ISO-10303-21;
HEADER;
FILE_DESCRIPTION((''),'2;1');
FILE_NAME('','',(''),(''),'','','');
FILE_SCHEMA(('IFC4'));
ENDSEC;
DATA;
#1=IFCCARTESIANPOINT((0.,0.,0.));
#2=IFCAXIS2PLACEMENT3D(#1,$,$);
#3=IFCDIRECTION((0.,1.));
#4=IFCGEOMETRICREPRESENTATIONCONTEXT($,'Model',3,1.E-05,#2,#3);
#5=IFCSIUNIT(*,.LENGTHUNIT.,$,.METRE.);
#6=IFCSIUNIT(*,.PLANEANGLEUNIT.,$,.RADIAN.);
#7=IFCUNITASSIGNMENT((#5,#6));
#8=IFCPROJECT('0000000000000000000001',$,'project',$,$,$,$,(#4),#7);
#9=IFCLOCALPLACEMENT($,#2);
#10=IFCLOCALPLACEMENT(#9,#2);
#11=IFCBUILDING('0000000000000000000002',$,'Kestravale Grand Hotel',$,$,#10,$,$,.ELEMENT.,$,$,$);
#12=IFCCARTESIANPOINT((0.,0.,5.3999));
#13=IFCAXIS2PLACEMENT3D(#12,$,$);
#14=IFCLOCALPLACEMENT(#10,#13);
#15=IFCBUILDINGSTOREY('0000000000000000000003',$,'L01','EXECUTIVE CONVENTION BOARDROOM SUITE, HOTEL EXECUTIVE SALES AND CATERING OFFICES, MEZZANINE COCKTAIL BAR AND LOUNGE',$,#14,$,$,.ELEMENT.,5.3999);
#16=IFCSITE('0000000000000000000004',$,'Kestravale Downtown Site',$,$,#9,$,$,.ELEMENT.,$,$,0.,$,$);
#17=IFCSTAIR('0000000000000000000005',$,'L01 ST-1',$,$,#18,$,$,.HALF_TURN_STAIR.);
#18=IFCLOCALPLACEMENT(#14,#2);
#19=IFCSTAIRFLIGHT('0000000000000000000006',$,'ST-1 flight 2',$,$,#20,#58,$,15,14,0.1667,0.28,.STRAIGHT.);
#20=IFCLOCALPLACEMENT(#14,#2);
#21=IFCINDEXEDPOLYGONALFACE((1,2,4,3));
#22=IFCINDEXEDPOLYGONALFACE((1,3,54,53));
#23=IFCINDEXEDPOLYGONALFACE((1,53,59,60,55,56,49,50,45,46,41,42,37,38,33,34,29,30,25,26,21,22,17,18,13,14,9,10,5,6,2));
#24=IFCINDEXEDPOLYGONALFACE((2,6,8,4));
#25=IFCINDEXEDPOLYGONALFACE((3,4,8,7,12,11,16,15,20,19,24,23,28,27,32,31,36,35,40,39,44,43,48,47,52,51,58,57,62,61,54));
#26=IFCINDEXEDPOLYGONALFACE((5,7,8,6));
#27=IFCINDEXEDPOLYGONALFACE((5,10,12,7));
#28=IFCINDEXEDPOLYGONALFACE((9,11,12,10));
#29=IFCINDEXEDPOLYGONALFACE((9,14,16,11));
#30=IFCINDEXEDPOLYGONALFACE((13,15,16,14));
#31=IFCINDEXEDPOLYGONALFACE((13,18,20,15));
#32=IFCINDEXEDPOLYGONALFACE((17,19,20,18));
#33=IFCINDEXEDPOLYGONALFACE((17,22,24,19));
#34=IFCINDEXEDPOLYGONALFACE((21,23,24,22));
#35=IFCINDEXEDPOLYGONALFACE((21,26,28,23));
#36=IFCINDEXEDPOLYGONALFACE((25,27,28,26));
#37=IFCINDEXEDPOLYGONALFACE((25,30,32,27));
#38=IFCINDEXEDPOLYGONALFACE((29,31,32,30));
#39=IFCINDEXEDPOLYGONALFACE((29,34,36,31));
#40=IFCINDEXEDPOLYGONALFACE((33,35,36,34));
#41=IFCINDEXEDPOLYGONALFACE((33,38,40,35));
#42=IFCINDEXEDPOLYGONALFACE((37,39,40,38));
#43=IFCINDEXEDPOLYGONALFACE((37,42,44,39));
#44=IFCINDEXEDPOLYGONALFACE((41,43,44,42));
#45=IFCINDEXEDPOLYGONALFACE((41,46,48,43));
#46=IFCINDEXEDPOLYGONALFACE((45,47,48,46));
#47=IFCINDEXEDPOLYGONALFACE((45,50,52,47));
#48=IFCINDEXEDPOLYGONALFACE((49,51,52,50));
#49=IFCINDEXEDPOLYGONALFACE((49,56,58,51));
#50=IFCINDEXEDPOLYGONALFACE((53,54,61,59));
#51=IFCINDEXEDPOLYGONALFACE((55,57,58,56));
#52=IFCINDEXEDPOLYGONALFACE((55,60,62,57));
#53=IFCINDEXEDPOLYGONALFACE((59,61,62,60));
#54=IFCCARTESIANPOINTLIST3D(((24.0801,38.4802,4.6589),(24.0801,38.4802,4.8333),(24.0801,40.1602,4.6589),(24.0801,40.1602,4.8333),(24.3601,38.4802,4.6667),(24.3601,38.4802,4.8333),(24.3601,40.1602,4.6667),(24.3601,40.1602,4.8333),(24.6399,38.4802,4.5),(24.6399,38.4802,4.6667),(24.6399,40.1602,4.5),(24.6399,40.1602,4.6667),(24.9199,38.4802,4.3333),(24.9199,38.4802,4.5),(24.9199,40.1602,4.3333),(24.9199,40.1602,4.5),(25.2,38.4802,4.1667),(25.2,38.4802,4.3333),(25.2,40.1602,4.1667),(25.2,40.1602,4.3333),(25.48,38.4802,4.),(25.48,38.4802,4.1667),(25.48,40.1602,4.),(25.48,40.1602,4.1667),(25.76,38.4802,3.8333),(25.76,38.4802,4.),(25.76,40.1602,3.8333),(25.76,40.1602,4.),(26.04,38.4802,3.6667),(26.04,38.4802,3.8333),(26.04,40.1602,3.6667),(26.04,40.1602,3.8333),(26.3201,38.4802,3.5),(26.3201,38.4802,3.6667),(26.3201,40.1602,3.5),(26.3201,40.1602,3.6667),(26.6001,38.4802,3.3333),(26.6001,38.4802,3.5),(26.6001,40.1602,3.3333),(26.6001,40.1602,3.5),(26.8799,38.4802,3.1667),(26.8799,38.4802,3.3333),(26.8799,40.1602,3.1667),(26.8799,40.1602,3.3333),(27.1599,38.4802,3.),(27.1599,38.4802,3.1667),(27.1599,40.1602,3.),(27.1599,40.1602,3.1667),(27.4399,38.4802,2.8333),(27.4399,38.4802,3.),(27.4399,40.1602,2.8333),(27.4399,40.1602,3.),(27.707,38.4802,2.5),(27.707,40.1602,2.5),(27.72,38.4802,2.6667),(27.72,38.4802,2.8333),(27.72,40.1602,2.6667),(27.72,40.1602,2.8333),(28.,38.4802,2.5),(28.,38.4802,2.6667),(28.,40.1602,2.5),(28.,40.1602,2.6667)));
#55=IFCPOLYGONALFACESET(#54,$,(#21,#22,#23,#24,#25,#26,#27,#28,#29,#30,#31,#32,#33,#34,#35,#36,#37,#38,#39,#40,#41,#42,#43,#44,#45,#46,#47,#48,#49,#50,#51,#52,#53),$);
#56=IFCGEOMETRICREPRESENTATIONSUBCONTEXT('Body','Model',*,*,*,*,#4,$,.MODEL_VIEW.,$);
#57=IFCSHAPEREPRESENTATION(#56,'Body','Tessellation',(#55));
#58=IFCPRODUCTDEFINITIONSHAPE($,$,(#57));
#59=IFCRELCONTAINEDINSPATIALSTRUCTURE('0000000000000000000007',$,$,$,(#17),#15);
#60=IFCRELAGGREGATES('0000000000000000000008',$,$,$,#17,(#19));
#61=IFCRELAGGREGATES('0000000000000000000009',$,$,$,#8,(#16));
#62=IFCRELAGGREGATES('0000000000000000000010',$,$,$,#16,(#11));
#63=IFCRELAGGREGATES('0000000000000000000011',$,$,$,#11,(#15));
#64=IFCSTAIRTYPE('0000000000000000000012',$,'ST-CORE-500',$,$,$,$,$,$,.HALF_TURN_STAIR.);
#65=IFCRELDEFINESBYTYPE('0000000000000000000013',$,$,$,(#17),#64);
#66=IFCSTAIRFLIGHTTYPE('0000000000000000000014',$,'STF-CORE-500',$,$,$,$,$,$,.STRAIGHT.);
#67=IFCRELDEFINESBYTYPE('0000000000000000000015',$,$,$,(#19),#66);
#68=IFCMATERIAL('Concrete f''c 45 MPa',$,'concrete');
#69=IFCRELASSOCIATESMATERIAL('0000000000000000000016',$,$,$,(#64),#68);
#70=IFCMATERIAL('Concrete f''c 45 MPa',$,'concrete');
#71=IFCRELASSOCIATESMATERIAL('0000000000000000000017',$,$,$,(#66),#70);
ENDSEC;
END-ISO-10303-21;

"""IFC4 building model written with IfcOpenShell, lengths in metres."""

from ifc_helpers import new_model, si_unit, direction, frame, origin, place, context, subcontext, project, spatial, polyline, outline, extrude, material, type_object, element, aggregate, save


model = new_model("IFC4")

# Units and contexts
model_context = context("Model", 3, precision=1e-05, world=origin(), true_north=direction((0.0, 1.0)))
body_context = subcontext(model_context, "Body", "Model", "MODEL_VIEW")
ifc_project = project(units=[si_unit("LENGTHUNIT", "METRE"), si_unit("PLANEANGLEUNIT", "RADIAN")], contexts=[model_context])

# Site, building, storey
site_placement = place(None, origin())
site = spatial("IfcSite", under=ifc_project, at=site_placement, Name="Kestravale Downtown Site", CompositionType="ELEMENT", RefElevation=0.0)
building_placement = place(site_placement, origin())
building = spatial("IfcBuilding", under=site, at=building_placement, Name="Kestravale Grand Hotel", CompositionType="ELEMENT")
storey_placement = place(building_placement, frame((0.0, 0.0, 5.3999)))
storey = spatial("IfcBuildingStorey", under=building, at=storey_placement, Name="L01", Description="EXECUTIVE CONVENTION BOARDROOM SUITE, HOTEL EXECUTIVE SALES AND CATERING OFFICES, MEZZANINE COCKTAIL BAR AND LOUNGE", CompositionType="ELEMENT", Elevation=5.3999)

# Stair, stair flight
ifc_material_1 = material(Name="Concrete f'c 45 MPa", Category="concrete")
stair_type = type_object("IfcStairType", Name="ST-CORE-500", PredefinedType="HALF_TURN_STAIR", material=ifc_material_1)
stair_placement = place(storey_placement, origin())
stair = element("IfcStair", 1, at=stair_placement, inside=storey, type_object=stair_type, Name="L01 ST-1", PredefinedType="HALF_TURN_STAIR")
ifc_material_2 = material(Name="Concrete f'c 45 MPa", Category="concrete")
stair_flight_type = type_object("IfcStairFlightType", Name="STF-CORE-500", PredefinedType="STRAIGHT", material=ifc_material_2)
stair_flight_1_placement = place(storey_placement, frame((28.0, 39.3201, 2.5), z_axis=(0.0, 0.0, 1.0), x_axis=(-1.0, 0.0, 0.0)))
stair_flight_1 = element("IfcStairFlight", 2, at=stair_flight_1_placement, type_object=stair_flight_type, Name="ST-1 flight 2", NumberOfRisers=15, NumberOfTreads=14, PredefinedType="STRAIGHT", RiserHeight=0.1667, TreadLength=0.28, context=body_context, shape_type="SweptSolid", body=[
    extrude(outline(polyline([(0.0, 0.0), (0.0, 0.1667), (0.28, 0.1667), (0.28, 0.3333), (0.5601, 0.3333), (0.5601, 0.5), (0.8401, 0.5), (0.8401, 0.6667), (1.1201, 0.6667), (1.1201, 0.8333), (1.3999, 0.8333), (1.3999, 1.0), (1.6799, 1.0), (1.6799, 1.1667), (1.96, 1.1667), (1.96, 1.3333), (2.24, 1.3333), (2.24, 1.5), (2.52, 1.5), (2.52, 1.6667), (2.8, 1.6667), (2.8, 1.8333), (3.0801, 1.8333), (3.0801, 2.0), (3.3601, 2.0), (3.3601, 2.1667), (3.6399, 2.1667), (3.6399, 2.3333), (3.9199, 2.3333), (3.9199, 2.5), (3.9199, 2.1589), (0.293, 0.0), (0.0, 0.0)])), frame((0.0, 0.8398, 0.0), z_axis=(0.0, -1.0, 0.0), x_axis=(1.0, 0.0, 0.0)), (0.0, 0.0, 1.0), 1.6799),
])
aggregate(stair, [stair_flight_1])

save(model, "model.ifc")
